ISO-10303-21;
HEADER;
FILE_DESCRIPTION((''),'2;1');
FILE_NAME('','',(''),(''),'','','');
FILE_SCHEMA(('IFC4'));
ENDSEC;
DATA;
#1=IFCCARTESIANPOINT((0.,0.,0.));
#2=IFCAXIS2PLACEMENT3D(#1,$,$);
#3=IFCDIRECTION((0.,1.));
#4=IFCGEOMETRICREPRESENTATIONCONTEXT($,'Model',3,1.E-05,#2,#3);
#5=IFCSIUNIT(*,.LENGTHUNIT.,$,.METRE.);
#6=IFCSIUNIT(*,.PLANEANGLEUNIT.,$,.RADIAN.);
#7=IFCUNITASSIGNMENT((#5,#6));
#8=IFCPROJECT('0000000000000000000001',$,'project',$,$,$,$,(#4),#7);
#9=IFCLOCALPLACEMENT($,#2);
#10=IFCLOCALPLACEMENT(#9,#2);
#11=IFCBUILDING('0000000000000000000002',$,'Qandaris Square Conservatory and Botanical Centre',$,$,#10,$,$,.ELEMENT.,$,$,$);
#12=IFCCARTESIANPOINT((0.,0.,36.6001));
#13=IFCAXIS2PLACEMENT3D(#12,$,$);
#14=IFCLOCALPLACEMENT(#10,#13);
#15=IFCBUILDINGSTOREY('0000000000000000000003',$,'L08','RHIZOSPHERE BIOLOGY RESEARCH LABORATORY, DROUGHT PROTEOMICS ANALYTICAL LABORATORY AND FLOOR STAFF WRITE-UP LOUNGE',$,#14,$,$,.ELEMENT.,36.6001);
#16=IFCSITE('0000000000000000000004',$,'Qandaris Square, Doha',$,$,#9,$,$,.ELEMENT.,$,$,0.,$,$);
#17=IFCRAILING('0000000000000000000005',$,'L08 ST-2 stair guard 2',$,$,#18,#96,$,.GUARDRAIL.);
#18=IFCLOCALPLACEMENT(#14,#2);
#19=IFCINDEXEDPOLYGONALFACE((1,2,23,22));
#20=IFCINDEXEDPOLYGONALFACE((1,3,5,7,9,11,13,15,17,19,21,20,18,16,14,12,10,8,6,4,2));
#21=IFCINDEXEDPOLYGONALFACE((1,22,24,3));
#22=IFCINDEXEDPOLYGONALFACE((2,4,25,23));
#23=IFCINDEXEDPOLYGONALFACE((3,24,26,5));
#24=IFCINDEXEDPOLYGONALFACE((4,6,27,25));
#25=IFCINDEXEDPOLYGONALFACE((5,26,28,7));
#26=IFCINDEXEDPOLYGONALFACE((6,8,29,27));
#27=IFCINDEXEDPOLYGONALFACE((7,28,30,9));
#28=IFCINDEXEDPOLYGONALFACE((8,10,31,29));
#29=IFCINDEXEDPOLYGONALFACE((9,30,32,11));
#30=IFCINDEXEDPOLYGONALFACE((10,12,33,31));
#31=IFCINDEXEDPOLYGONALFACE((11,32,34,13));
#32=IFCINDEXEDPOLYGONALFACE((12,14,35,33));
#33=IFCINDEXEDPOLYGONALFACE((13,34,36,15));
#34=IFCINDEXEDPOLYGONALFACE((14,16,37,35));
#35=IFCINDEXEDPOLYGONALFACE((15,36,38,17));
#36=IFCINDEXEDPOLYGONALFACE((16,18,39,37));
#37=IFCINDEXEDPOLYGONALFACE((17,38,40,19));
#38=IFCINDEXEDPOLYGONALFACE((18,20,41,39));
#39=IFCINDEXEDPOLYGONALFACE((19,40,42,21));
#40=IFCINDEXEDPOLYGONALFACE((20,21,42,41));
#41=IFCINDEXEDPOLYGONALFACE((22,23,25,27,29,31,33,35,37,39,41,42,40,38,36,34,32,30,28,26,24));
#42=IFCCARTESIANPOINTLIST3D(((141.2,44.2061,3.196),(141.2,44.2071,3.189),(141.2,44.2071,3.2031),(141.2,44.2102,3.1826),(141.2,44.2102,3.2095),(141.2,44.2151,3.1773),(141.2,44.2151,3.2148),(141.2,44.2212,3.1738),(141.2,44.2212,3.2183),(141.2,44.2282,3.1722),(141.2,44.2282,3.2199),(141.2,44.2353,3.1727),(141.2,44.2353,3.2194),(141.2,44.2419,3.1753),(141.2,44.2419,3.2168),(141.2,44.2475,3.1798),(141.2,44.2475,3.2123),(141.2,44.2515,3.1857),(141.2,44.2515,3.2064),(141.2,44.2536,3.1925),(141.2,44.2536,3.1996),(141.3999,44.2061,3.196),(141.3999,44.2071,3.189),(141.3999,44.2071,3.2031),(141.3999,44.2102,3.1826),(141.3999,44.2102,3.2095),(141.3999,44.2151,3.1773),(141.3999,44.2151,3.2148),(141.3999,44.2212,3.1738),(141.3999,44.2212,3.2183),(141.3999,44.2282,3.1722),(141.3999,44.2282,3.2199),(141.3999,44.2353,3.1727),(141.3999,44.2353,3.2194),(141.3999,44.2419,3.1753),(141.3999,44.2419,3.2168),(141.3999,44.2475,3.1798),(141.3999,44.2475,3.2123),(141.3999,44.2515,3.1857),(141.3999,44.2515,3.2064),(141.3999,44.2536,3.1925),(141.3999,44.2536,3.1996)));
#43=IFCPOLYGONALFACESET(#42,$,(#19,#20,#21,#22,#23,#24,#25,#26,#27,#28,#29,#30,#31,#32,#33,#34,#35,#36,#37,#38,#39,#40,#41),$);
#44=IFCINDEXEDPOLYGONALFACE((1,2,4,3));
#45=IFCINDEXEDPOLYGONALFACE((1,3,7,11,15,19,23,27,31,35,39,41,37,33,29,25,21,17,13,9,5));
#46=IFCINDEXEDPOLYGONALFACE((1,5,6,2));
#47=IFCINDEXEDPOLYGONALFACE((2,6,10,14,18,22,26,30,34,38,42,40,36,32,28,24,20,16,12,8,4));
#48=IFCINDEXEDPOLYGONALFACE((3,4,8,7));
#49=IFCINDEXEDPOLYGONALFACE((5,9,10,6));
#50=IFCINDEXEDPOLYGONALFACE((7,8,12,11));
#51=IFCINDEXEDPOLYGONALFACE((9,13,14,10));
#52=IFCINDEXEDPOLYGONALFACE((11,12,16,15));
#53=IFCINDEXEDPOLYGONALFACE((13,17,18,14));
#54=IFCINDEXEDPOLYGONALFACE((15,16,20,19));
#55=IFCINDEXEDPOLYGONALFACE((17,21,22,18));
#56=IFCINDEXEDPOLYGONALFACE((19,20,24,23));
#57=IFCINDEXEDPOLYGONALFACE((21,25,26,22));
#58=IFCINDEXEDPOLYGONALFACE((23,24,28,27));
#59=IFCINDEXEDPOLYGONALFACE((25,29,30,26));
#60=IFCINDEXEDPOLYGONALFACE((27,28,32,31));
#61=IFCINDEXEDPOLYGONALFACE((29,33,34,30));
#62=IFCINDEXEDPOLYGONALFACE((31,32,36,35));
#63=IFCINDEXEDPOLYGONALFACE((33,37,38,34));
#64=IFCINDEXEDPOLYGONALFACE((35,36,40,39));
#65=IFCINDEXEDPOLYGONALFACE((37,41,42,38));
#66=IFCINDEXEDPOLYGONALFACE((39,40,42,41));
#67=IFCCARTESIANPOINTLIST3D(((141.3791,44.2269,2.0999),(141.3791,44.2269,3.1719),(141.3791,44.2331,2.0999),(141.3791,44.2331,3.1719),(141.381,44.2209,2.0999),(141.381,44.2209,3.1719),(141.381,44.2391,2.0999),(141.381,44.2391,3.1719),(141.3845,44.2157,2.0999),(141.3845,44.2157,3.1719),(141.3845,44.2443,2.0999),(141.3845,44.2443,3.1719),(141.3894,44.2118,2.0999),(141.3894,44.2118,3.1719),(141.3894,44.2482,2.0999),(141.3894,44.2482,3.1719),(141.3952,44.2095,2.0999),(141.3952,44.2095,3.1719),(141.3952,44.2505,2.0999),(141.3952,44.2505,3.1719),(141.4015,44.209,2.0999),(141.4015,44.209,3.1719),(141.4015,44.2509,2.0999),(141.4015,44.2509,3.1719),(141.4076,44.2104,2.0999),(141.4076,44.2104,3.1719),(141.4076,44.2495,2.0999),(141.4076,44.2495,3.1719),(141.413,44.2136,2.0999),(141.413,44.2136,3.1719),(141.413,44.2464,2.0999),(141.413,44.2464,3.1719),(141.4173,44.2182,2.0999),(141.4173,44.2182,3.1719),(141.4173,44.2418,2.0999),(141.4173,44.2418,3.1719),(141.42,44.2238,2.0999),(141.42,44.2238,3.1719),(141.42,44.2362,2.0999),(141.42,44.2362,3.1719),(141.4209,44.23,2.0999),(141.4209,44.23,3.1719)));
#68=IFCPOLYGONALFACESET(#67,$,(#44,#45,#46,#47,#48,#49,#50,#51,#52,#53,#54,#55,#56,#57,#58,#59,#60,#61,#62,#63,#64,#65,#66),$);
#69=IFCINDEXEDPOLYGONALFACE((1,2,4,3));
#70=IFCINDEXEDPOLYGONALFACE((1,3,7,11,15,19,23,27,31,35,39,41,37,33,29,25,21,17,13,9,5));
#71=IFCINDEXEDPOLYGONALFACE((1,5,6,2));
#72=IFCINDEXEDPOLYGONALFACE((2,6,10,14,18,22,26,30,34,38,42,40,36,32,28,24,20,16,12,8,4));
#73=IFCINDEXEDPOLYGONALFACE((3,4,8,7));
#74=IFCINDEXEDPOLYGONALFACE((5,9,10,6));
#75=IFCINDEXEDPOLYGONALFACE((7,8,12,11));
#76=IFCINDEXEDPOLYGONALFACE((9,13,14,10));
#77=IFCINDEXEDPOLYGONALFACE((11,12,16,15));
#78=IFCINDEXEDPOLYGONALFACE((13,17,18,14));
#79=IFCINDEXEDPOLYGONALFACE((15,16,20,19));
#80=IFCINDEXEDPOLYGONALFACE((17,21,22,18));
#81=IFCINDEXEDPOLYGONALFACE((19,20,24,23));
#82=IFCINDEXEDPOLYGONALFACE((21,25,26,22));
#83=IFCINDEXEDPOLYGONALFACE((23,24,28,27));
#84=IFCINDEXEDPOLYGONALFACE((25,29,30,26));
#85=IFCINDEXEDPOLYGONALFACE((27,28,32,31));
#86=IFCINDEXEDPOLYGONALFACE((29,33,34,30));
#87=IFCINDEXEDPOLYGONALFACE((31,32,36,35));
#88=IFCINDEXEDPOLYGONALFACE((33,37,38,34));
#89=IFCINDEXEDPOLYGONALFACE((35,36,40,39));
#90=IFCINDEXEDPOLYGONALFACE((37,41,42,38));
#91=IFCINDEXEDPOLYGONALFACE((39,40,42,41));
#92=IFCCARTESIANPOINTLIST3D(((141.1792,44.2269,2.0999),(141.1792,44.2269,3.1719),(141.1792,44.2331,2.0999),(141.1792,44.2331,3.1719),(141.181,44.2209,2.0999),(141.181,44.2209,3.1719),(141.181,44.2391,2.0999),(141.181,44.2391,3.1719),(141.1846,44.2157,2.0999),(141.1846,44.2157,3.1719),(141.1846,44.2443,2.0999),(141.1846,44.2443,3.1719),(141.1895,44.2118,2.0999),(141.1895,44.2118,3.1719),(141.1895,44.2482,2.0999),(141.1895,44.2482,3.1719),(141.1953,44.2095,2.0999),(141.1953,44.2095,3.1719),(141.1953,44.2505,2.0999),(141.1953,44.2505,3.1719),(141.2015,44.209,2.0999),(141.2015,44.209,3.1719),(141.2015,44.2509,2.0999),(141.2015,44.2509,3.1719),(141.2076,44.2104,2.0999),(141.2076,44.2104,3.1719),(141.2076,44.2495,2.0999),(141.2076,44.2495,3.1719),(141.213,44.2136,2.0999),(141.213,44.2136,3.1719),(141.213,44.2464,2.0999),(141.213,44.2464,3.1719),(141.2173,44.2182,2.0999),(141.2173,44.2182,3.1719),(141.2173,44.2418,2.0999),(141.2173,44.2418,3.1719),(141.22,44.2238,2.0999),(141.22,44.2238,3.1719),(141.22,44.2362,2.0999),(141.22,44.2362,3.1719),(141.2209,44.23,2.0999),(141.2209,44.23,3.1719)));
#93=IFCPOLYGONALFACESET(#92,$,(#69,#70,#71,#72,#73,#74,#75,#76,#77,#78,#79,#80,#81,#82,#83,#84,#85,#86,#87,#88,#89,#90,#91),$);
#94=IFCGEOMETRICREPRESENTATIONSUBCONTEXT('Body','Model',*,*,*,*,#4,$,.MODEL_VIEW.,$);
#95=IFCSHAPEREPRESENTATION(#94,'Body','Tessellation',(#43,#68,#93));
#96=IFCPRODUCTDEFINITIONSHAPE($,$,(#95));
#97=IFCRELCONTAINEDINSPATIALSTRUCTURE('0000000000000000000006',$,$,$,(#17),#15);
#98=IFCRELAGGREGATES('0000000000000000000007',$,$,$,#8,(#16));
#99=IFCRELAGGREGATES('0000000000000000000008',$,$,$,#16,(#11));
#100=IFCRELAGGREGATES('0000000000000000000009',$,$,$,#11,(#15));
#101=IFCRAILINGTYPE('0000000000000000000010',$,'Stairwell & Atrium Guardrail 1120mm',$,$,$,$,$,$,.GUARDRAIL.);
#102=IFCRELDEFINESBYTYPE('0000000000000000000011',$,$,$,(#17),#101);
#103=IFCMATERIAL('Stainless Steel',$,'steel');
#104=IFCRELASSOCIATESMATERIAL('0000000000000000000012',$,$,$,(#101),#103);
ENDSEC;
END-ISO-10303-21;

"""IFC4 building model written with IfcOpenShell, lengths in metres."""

from ifc_helpers import new_model, si_unit, direction, frame, origin, origin_2d, place, context, subcontext, project, spatial, circle, extrude, material, type_object, element, save


model = new_model("IFC4")

# Units and contexts
model_context = context("Model", 3, precision=1e-05, world=origin(), true_north=direction((0.0, 1.0)))
body_context = subcontext(model_context, "Body", "Model", "MODEL_VIEW")
ifc_project = project(units=[si_unit("LENGTHUNIT", "METRE"), si_unit("PLANEANGLEUNIT", "RADIAN")], contexts=[model_context])

# Site, building, storey
site_placement = place(None, origin())
site = spatial("IfcSite", under=ifc_project, at=site_placement, Name="Qandaris Square, Doha", CompositionType="ELEMENT", RefElevation=0.0)
building_placement = place(site_placement, origin())
building = spatial("IfcBuilding", under=site, at=building_placement, Name="Qandaris Square Conservatory and Botanical Centre", CompositionType="ELEMENT")
storey_placement = place(building_placement, frame((0.0, 0.0, 36.6001)))
storey = spatial("IfcBuildingStorey", under=building, at=storey_placement, Name="L08", Description="RHIZOSPHERE BIOLOGY RESEARCH LABORATORY, DROUGHT PROTEOMICS ANALYTICAL LABORATORY AND FLOOR STAFF WRITE-UP LOUNGE", CompositionType="ELEMENT", Elevation=36.6001)

# Railing
ifc_material_1 = material(Name="Stainless Steel", Category="steel")
railing_type_1 = type_object("IfcRailingType", Name="Stairwell & Atrium Guardrail 1120mm", PredefinedType="GUARDRAIL", material=ifc_material_1)
railing_1_placement = place(storey_placement, frame((141.3999, 44.23, 2.0999)))
element("IfcRailing", 1, at=railing_1_placement, inside=storey, type_object=railing_type_1, Name="L08 ST-2 stair guard 2", PredefinedType="GUARDRAIL", context=body_context, shape_type="SweptSolid", body=[
    extrude(circle(Radius=0.0239, at=origin_2d()), frame((0.0, 0.0, 1.0962), z_axis=(-1.0, 0.0, 0.0), x_axis=(0.0, -1.0, 0.0)), (0.0, 0.0, 1.0), 0.2),
    extrude(circle(Radius=0.021, at=origin_2d()), origin(), (0.0, 0.0, 1.0), 1.072),
    extrude(circle(Radius=0.021, at=origin_2d()), frame((-0.2, 0.0, 0.0)), (0.0, 0.0, 1.0), 1.072),
])

save(model, "model.ifc")
